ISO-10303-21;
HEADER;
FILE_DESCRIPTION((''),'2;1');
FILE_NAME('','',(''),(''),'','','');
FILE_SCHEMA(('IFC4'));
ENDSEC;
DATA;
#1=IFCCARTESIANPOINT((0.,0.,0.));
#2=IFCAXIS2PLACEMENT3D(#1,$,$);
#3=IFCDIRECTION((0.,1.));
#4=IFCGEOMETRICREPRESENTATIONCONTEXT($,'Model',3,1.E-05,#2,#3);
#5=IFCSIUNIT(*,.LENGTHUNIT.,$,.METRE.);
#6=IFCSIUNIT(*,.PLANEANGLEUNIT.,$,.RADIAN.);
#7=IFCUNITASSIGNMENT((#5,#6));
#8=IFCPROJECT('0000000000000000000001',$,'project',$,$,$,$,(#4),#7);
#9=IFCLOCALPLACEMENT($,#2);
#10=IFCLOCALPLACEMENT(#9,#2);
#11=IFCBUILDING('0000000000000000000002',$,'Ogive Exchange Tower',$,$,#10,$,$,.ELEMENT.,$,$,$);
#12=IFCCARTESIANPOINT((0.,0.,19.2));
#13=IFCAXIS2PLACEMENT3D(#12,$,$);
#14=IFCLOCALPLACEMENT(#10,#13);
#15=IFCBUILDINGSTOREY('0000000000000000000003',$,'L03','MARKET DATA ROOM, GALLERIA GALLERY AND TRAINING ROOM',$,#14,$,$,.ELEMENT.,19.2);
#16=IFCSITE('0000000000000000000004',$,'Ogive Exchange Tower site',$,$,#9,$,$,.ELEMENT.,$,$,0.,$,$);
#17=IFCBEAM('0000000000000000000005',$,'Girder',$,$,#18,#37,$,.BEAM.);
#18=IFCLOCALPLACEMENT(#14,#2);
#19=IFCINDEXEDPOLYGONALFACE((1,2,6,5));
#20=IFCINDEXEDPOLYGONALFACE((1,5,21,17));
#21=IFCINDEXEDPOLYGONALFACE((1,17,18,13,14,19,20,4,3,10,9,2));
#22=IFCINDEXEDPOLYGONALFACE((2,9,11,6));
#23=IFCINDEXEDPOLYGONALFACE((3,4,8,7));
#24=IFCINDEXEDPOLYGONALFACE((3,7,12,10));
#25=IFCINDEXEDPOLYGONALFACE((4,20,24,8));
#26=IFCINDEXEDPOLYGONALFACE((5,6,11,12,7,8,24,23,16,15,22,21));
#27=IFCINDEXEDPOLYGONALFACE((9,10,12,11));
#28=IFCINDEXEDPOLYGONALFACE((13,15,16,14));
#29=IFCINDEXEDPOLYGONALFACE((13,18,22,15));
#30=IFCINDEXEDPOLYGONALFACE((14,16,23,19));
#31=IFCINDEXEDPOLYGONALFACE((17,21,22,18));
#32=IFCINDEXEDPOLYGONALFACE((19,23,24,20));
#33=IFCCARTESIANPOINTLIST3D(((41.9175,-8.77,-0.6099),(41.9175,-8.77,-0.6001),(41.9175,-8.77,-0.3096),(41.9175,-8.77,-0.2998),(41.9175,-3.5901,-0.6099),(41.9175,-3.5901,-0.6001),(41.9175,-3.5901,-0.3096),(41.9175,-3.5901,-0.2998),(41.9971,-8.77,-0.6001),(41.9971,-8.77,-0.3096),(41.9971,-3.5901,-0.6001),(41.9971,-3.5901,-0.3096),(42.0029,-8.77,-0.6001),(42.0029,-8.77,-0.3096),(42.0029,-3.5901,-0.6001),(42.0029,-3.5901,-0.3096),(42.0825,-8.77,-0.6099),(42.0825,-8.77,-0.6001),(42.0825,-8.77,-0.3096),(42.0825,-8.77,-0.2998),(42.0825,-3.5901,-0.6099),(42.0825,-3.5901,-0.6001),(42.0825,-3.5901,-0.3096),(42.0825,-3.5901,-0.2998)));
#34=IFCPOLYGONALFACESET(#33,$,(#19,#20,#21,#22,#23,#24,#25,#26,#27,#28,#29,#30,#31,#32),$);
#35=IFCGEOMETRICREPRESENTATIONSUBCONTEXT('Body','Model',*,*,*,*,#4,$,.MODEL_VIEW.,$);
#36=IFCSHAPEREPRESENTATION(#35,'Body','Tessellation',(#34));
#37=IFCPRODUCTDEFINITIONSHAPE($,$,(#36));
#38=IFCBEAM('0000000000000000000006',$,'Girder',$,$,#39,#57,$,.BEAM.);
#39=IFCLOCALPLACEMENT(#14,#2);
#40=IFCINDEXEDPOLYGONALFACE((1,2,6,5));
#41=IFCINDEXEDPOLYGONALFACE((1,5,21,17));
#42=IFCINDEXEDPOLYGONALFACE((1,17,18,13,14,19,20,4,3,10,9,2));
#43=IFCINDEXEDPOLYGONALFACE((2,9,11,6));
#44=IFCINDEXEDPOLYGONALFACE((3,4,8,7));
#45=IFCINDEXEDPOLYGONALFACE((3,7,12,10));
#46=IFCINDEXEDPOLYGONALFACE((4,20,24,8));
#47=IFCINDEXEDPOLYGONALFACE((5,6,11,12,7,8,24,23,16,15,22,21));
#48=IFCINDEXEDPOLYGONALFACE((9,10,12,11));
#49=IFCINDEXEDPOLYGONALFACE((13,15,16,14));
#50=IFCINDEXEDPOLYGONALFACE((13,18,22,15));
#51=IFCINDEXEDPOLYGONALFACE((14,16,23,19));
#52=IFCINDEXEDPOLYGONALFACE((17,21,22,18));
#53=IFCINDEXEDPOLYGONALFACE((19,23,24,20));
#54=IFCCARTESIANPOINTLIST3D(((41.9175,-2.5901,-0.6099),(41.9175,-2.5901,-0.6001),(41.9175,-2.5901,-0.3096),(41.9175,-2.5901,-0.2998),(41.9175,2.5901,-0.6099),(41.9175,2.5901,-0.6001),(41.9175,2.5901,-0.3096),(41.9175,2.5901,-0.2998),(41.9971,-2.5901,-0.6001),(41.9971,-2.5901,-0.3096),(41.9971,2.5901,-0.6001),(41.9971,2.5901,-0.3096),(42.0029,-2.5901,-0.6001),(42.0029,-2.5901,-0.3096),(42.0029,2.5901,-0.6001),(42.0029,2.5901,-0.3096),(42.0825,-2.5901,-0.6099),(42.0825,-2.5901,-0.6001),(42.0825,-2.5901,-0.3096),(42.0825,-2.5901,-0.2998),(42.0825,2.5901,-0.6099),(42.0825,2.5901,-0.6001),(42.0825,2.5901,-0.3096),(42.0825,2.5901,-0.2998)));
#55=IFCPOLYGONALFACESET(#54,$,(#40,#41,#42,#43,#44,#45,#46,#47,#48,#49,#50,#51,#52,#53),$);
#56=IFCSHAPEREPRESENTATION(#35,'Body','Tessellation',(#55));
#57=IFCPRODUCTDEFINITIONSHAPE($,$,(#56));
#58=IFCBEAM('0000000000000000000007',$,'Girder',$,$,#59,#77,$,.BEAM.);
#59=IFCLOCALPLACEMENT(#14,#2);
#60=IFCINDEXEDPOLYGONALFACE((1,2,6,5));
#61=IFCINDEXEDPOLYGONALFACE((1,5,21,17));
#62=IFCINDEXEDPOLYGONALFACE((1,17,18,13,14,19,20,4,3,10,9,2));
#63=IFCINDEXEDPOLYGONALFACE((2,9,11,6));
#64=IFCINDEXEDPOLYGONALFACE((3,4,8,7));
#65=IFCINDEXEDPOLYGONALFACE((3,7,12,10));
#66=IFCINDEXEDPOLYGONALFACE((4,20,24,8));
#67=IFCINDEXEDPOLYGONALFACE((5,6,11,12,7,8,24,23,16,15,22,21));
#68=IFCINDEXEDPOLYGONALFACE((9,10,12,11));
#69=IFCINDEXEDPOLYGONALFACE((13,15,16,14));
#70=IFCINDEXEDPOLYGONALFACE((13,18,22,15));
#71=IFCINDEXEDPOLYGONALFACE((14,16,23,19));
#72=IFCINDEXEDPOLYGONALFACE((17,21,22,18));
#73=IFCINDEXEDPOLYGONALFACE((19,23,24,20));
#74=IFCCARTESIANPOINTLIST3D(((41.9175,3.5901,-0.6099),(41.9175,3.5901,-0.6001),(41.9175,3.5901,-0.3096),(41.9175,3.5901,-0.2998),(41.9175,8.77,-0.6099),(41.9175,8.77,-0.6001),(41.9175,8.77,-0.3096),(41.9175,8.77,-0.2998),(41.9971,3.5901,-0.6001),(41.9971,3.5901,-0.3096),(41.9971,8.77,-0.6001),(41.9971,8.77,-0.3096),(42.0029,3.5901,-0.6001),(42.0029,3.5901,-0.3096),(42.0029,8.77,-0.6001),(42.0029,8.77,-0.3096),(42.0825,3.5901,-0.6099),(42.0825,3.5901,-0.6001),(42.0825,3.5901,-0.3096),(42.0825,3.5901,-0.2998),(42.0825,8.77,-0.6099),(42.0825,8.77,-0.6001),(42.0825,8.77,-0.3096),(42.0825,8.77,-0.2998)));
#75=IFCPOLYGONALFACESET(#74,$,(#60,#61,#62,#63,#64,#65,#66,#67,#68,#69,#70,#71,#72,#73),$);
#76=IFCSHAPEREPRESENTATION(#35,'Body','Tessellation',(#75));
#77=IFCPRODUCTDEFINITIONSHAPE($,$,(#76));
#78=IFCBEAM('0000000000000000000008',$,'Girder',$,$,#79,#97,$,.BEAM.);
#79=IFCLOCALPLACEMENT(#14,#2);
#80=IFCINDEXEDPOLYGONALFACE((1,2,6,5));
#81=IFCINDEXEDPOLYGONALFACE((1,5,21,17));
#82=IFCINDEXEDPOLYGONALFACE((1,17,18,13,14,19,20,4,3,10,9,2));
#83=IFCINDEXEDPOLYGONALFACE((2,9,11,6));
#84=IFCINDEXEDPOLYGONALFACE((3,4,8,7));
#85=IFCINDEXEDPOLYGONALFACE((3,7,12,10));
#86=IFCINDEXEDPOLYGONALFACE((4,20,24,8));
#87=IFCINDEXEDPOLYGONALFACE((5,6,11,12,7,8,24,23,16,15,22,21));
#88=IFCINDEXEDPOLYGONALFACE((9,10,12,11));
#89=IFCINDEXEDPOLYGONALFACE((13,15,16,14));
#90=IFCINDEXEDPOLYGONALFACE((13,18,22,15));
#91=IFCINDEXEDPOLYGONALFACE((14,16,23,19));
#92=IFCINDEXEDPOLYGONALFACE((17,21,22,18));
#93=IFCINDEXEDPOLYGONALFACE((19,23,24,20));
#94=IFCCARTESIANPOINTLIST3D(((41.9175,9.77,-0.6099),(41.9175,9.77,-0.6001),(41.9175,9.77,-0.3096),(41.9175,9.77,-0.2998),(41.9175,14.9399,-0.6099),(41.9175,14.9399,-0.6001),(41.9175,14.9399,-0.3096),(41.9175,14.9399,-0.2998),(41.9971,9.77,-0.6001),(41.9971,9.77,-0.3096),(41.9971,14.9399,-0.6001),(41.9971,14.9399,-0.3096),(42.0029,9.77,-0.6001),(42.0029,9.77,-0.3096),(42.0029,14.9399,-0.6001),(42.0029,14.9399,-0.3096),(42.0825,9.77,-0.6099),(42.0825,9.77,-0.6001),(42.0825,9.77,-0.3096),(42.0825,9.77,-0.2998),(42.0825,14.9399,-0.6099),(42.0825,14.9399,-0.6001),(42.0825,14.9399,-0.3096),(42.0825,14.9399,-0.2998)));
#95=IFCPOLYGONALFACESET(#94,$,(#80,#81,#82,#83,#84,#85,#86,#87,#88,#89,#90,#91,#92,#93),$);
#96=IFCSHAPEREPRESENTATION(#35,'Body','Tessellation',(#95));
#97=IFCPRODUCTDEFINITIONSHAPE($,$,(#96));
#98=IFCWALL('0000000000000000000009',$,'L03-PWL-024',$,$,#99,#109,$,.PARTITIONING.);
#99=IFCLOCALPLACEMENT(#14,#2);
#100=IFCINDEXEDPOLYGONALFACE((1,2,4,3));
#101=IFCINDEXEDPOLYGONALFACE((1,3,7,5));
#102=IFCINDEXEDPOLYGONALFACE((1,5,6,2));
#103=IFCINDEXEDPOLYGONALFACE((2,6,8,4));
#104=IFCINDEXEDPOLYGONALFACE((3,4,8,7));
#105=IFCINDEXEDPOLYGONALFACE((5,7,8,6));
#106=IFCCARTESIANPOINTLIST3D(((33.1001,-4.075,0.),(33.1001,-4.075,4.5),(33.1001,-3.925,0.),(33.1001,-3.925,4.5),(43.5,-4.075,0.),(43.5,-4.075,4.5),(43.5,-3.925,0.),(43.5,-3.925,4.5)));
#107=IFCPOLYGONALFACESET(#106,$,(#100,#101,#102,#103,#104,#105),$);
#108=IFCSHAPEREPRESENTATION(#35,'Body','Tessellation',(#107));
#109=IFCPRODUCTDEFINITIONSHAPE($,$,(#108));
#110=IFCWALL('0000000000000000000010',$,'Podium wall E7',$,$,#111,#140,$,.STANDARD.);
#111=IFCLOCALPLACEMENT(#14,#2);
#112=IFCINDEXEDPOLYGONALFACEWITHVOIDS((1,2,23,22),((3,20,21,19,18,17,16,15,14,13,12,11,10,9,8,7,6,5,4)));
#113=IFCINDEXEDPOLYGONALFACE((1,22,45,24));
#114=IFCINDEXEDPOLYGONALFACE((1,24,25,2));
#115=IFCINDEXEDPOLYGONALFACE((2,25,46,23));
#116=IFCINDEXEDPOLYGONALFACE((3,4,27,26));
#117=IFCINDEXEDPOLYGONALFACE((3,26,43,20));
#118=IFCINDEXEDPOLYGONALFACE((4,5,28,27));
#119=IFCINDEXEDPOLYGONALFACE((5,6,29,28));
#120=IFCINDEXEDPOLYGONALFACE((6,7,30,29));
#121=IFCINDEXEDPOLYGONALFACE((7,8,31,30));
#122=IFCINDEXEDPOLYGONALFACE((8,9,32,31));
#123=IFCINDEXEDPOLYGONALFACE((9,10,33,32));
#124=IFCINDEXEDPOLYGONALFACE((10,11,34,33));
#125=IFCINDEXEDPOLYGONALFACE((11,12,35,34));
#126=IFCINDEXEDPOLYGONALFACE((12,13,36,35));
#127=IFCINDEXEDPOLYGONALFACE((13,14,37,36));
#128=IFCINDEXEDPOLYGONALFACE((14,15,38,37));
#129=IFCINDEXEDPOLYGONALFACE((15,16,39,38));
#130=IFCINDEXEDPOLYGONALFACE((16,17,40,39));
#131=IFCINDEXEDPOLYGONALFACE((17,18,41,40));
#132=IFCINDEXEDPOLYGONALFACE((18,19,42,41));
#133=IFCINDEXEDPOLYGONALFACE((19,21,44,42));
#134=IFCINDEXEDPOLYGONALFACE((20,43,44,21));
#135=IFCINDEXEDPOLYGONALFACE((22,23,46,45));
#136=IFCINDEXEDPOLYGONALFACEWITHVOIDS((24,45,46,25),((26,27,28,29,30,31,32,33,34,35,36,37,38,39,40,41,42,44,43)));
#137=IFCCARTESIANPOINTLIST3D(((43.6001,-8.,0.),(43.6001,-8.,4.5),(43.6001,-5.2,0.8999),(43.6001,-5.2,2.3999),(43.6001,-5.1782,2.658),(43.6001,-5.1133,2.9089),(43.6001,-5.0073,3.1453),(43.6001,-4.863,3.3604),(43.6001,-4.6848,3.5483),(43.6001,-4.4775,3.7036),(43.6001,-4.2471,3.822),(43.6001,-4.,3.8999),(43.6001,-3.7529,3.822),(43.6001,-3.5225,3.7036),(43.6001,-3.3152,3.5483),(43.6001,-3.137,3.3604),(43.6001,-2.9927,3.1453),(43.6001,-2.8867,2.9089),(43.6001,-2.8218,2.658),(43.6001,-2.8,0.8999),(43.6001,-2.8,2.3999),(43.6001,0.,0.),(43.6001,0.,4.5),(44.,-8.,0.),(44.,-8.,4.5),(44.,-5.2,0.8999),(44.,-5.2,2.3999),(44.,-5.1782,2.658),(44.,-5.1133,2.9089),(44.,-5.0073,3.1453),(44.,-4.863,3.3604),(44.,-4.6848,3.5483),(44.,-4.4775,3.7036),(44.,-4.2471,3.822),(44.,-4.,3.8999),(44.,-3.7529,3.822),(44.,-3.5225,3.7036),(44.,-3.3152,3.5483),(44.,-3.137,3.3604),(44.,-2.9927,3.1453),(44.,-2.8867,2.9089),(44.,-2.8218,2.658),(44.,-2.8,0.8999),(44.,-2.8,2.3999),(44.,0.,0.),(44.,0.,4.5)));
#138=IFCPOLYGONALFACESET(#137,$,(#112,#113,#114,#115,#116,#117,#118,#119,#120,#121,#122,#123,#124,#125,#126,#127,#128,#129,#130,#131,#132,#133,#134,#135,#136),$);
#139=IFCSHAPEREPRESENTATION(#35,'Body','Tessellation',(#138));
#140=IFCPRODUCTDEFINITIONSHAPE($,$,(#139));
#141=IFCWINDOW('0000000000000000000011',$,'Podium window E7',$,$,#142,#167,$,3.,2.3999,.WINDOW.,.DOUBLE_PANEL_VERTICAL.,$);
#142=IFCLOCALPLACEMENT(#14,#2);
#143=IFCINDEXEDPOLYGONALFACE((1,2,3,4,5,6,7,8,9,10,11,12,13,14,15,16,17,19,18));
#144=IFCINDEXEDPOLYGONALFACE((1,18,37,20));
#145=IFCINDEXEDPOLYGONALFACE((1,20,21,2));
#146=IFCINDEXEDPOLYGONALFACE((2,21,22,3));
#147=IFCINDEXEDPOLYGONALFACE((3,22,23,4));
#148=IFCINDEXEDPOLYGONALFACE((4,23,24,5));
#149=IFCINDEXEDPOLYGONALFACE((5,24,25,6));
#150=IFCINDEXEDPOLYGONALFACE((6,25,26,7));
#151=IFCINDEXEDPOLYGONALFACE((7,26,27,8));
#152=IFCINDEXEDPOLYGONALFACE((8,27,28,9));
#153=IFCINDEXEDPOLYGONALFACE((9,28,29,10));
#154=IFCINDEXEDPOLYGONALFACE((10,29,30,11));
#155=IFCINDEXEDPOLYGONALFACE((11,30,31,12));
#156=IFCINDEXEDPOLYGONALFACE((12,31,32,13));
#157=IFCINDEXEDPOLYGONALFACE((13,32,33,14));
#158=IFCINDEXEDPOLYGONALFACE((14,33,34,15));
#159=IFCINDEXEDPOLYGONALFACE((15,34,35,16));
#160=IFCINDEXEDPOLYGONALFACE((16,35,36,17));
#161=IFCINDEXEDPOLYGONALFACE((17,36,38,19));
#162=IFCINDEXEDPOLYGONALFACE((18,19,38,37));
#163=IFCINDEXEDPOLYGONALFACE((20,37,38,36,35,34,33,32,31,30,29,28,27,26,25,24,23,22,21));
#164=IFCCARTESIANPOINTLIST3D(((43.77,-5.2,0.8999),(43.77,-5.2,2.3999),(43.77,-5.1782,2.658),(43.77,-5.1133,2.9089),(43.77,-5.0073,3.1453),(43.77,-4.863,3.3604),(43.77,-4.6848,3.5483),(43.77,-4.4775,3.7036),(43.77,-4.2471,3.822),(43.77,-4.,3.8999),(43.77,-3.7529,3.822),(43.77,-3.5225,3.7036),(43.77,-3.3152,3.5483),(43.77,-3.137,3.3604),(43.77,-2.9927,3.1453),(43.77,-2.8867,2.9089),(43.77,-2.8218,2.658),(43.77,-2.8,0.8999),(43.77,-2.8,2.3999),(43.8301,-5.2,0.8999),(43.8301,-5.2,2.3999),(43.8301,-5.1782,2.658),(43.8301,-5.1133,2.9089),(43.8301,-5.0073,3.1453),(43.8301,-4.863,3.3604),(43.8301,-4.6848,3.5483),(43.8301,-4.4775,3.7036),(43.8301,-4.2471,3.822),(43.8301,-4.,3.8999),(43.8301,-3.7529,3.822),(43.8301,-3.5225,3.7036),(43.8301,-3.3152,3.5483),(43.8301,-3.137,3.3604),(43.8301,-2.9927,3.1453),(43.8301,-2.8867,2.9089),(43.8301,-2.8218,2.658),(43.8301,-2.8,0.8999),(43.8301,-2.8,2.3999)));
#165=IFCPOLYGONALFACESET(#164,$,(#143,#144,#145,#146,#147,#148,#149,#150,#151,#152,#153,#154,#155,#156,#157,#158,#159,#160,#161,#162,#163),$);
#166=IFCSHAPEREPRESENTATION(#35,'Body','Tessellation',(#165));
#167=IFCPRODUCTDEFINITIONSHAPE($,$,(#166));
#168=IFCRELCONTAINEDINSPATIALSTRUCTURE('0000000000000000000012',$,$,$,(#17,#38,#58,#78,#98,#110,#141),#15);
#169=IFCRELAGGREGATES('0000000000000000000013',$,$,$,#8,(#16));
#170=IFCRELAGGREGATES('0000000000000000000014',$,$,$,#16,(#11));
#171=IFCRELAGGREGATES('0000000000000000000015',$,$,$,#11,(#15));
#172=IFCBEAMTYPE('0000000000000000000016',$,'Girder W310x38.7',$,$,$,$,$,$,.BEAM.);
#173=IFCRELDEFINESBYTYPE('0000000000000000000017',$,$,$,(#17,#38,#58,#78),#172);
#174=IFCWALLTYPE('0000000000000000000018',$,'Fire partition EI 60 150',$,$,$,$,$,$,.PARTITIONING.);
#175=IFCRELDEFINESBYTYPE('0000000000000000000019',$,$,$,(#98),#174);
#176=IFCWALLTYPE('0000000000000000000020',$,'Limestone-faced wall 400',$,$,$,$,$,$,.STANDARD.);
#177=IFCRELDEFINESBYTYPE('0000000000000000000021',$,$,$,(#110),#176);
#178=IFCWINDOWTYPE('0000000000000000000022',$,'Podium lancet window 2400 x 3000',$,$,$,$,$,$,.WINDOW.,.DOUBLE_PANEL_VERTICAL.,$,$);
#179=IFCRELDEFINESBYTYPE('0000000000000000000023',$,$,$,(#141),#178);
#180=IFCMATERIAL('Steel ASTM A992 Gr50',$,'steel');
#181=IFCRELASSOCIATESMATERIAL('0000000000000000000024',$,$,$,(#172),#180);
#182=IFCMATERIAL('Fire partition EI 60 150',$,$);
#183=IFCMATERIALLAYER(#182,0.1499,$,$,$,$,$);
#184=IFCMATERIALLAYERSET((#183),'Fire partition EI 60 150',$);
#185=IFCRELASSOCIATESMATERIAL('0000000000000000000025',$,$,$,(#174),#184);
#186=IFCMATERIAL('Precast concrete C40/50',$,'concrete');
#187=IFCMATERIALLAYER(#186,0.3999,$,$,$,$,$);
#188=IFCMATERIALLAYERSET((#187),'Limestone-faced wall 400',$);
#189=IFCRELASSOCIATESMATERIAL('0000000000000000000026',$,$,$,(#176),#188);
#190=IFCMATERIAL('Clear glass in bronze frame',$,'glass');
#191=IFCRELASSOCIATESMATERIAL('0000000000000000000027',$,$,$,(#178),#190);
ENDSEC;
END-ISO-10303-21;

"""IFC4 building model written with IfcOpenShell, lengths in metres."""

from ifc_helpers import new_model, si_unit, direction, frame, frame_2d, origin, origin_2d, place, context, subcontext, project, spatial, polyline, rectangle, i_section, outline, extrude, material, layer, layer_set, material_profile, profile_set, type_object, element, fill, save


model = new_model("IFC4")

# Units and contexts
model_context = context("Model", 3, precision=1e-05, world=origin(), true_north=direction((0.0, 1.0)))
body_context = subcontext(model_context, "Body", "Model", "MODEL_VIEW")
ifc_project = project(units=[si_unit("LENGTHUNIT", "METRE"), si_unit("PLANEANGLEUNIT", "RADIAN")], contexts=[model_context])

# Site, building, storey
site_placement = place(None, origin())
site = spatial("IfcSite", under=ifc_project, at=site_placement, Name="Ogive Exchange Tower site", CompositionType="ELEMENT", RefElevation=0.0)
building_placement = place(site_placement, origin())
building = spatial("IfcBuilding", under=site, at=building_placement, Name="Ogive Exchange Tower", CompositionType="ELEMENT")
storey_placement = place(building_placement, frame((0.0, 0.0, 19.2)))
storey = spatial("IfcBuildingStorey", under=building, at=storey_placement, Name="L03", Description="MARKET DATA ROOM, GALLERIA GALLERY AND TRAINING ROOM", CompositionType="ELEMENT", Elevation=19.2)

# Beams
ifc_material_1 = material(Name="Steel ASTM A992 Gr50", Category="steel")
ifc_material_profile_1 = material_profile(ifc_material_1, i_section(OverallWidth=0.165, OverallDepth=0.3101, WebThickness=0.0059, FlangeThickness=0.0098, at=origin_2d()), Name="W310x38.7")
ifc_profile_set_1 = profile_set([ifc_material_profile_1], Name="Steel ASTM A992 Gr50")
beam_type_1 = type_object("IfcBeamType", Name="Girder W310x38.7", PredefinedType="BEAM", material=ifc_profile_set_1)
beam_1_placement = place(storey_placement, frame((42.0, -8.77, -0.4548), z_axis=(0.0, 1.0, 0.0), x_axis=(-1.0, 0.0, 0.0)))
element("IfcBeam", 1, at=beam_1_placement, inside=storey, type_object=beam_type_1, Name="Girder", PredefinedType="BEAM", context=body_context, shape_type="SweptSolid", body=[
    extrude(i_section(OverallWidth=0.165, OverallDepth=0.3101, WebThickness=0.0059, FlangeThickness=0.0098, at=origin_2d()), origin(), (0.0, 0.0, 1.0), 5.1799),
])
beam_2_placement = place(storey_placement, frame((42.0, -2.5901, -0.4548), z_axis=(0.0, 1.0, 0.0), x_axis=(-1.0, 0.0, 0.0)))
element("IfcBeam", 2, at=beam_2_placement, inside=storey, type_object=beam_type_1, Name="Girder", PredefinedType="BEAM", context=body_context, shape_type="SweptSolid", body=[
    extrude(i_section(OverallWidth=0.165, OverallDepth=0.3101, WebThickness=0.0059, FlangeThickness=0.0098, at=origin_2d()), origin(), (0.0, 0.0, 1.0), 5.1802),
])
beam_3_placement = place(storey_placement, frame((42.0, 3.5901, -0.4548), z_axis=(0.0, 1.0, 0.0), x_axis=(-1.0, 0.0, 0.0)))
element("IfcBeam", 3, at=beam_3_placement, inside=storey, type_object=beam_type_1, Name="Girder", PredefinedType="BEAM", context=body_context, shape_type="SweptSolid", body=[
    extrude(i_section(OverallWidth=0.165, OverallDepth=0.3101, WebThickness=0.0059, FlangeThickness=0.0098, at=origin_2d()), origin(), (0.0, 0.0, 1.0), 5.1799),
])
beam_4_placement = place(storey_placement, frame((42.0, 9.77, -0.4548), z_axis=(0.0, 1.0, 0.0), x_axis=(-1.0, 0.0, 0.0)))
element("IfcBeam", 4, at=beam_4_placement, inside=storey, type_object=beam_type_1, Name="Girder", PredefinedType="BEAM", context=body_context, shape_type="SweptSolid", body=[
    extrude(i_section(OverallWidth=0.165, OverallDepth=0.3101, WebThickness=0.0059, FlangeThickness=0.0098, at=origin_2d()), origin(), (0.0, 0.0, 1.0), 5.1699),
])

# Wall
ifc_material_2 = material(Name="Fire partition EI 60 150")
ifc_layer_1 = layer(ifc_material_2, 0.1499)
ifc_layer_set_1 = layer_set([ifc_layer_1], Name="Fire partition EI 60 150")
wall_type_1 = type_object("IfcWallType", Name="Fire partition EI 60 150", PredefinedType="PARTITIONING", material=ifc_layer_set_1)
wall_1_placement = place(storey_placement, frame((33.1001, -4.0, 0.0), z_axis=(0.0, 0.0, 1.0), x_axis=(1.0, 0.0, 0.0)))
element("IfcWall", 5, at=wall_1_placement, inside=storey, type_object=wall_type_1, Name="L03-PWL-024", PredefinedType="PARTITIONING", context=body_context, shape_type="SweptSolid", body=[
    extrude(rectangle(XDim=10.3999, YDim=0.1499, at=frame_2d((5.2, 0.0))), origin(), (0.0, 0.0, 1.0), 4.5),
])

# Wall, opening, window
ifc_material_3 = material(Name="Precast concrete C40/50", Category="concrete")
ifc_layer_2 = layer(ifc_material_3, 0.3999)
ifc_layer_set_2 = layer_set([ifc_layer_2], Name="Limestone-faced wall 400")
wall_type_2 = type_object("IfcWallType", Name="Limestone-faced wall 400", PredefinedType="STANDARD", material=ifc_layer_set_2)
wall_2_placement = place(storey_placement, frame((43.8, -8.0, 0.0), z_axis=(0.0, 0.0, 1.0), x_axis=(0.0, 1.0, 0.0)))
wall_2 = element("IfcWall", 6, at=wall_2_placement, inside=storey, type_object=wall_type_2, Name="Podium wall E7", PredefinedType="STANDARD", context=body_context, shape_type="SweptSolid", body=[
    extrude(rectangle(XDim=8.0, YDim=0.3999, at=frame_2d((4.0, 0.0))), origin(), (0.0, 0.0, 1.0), 4.5),
])
opening_1_placement = place(wall_2_placement, frame((2.8, 0.0, 0.8999)))
opening_1 = element("IfcOpeningElement", 7, at=opening_1_placement, cuts=wall_2, PredefinedType="OPENING", context=body_context, shape_type="SweptSolid", body=[
    extrude(outline(polyline([(0.0, 0.0), (2.3999, 0.0), (2.3999, 1.5), (2.3782, 1.7581), (2.3132, 2.009), (2.2073, 2.2454), (2.063, 2.4604), (1.8848, 2.6484), (1.6775, 2.8037), (1.447, 2.9221), (1.2, 3.0), (0.9529, 2.9221), (0.7224, 2.8037), (0.5151, 2.6484), (0.3369, 2.4604), (0.1926, 2.2454), (0.0867, 2.009), (0.0217, 1.7581), (0.0, 1.5), (0.0, 0.0)])), frame((0.0, 0.21, 0.0), z_axis=(0.0, -1.0, 0.0), x_axis=(1.0, 0.0, 0.0)), (0.0, 0.0, 1.0), 0.4199),
])
ifc_material_4 = material(Name="Clear glass in bronze frame", Category="glass")
window_type_1 = type_object("IfcWindowType", Name="Podium lancet window 2400 x 3000", PartitioningType="DOUBLE_PANEL_VERTICAL", PredefinedType="WINDOW", material=ifc_material_4)
window_1_placement = place(opening_1_placement, origin())
window_1 = element("IfcWindow", 8, at=window_1_placement, inside=storey, type_object=window_type_1, Name="Podium window E7", OverallHeight=3.0, OverallWidth=2.3999, PartitioningType="DOUBLE_PANEL_VERTICAL", PredefinedType="WINDOW", context=body_context, shape_type="SweptSolid", body=[
    extrude(outline(polyline([(0.0, 0.0), (2.3999, 0.0), (2.3999, 1.5), (2.3782, 1.7581), (2.3132, 2.009), (2.2073, 2.2454), (2.063, 2.4604), (1.8848, 2.6484), (1.6775, 2.8037), (1.447, 2.9221), (1.2, 3.0), (0.9529, 2.9221), (0.7224, 2.8037), (0.5151, 2.6484), (0.3369, 2.4604), (0.1926, 2.2454), (0.0867, 2.009), (0.0217, 1.7581), (0.0, 1.5), (0.0, 0.0)])), frame((0.0, 0.03, 0.0), z_axis=(0.0, -1.0, 0.0), x_axis=(1.0, 0.0, 0.0)), (0.0, 0.0, 1.0), 0.0601),
])
fill(opening_1, window_1)

save(model, "model.ifc")
